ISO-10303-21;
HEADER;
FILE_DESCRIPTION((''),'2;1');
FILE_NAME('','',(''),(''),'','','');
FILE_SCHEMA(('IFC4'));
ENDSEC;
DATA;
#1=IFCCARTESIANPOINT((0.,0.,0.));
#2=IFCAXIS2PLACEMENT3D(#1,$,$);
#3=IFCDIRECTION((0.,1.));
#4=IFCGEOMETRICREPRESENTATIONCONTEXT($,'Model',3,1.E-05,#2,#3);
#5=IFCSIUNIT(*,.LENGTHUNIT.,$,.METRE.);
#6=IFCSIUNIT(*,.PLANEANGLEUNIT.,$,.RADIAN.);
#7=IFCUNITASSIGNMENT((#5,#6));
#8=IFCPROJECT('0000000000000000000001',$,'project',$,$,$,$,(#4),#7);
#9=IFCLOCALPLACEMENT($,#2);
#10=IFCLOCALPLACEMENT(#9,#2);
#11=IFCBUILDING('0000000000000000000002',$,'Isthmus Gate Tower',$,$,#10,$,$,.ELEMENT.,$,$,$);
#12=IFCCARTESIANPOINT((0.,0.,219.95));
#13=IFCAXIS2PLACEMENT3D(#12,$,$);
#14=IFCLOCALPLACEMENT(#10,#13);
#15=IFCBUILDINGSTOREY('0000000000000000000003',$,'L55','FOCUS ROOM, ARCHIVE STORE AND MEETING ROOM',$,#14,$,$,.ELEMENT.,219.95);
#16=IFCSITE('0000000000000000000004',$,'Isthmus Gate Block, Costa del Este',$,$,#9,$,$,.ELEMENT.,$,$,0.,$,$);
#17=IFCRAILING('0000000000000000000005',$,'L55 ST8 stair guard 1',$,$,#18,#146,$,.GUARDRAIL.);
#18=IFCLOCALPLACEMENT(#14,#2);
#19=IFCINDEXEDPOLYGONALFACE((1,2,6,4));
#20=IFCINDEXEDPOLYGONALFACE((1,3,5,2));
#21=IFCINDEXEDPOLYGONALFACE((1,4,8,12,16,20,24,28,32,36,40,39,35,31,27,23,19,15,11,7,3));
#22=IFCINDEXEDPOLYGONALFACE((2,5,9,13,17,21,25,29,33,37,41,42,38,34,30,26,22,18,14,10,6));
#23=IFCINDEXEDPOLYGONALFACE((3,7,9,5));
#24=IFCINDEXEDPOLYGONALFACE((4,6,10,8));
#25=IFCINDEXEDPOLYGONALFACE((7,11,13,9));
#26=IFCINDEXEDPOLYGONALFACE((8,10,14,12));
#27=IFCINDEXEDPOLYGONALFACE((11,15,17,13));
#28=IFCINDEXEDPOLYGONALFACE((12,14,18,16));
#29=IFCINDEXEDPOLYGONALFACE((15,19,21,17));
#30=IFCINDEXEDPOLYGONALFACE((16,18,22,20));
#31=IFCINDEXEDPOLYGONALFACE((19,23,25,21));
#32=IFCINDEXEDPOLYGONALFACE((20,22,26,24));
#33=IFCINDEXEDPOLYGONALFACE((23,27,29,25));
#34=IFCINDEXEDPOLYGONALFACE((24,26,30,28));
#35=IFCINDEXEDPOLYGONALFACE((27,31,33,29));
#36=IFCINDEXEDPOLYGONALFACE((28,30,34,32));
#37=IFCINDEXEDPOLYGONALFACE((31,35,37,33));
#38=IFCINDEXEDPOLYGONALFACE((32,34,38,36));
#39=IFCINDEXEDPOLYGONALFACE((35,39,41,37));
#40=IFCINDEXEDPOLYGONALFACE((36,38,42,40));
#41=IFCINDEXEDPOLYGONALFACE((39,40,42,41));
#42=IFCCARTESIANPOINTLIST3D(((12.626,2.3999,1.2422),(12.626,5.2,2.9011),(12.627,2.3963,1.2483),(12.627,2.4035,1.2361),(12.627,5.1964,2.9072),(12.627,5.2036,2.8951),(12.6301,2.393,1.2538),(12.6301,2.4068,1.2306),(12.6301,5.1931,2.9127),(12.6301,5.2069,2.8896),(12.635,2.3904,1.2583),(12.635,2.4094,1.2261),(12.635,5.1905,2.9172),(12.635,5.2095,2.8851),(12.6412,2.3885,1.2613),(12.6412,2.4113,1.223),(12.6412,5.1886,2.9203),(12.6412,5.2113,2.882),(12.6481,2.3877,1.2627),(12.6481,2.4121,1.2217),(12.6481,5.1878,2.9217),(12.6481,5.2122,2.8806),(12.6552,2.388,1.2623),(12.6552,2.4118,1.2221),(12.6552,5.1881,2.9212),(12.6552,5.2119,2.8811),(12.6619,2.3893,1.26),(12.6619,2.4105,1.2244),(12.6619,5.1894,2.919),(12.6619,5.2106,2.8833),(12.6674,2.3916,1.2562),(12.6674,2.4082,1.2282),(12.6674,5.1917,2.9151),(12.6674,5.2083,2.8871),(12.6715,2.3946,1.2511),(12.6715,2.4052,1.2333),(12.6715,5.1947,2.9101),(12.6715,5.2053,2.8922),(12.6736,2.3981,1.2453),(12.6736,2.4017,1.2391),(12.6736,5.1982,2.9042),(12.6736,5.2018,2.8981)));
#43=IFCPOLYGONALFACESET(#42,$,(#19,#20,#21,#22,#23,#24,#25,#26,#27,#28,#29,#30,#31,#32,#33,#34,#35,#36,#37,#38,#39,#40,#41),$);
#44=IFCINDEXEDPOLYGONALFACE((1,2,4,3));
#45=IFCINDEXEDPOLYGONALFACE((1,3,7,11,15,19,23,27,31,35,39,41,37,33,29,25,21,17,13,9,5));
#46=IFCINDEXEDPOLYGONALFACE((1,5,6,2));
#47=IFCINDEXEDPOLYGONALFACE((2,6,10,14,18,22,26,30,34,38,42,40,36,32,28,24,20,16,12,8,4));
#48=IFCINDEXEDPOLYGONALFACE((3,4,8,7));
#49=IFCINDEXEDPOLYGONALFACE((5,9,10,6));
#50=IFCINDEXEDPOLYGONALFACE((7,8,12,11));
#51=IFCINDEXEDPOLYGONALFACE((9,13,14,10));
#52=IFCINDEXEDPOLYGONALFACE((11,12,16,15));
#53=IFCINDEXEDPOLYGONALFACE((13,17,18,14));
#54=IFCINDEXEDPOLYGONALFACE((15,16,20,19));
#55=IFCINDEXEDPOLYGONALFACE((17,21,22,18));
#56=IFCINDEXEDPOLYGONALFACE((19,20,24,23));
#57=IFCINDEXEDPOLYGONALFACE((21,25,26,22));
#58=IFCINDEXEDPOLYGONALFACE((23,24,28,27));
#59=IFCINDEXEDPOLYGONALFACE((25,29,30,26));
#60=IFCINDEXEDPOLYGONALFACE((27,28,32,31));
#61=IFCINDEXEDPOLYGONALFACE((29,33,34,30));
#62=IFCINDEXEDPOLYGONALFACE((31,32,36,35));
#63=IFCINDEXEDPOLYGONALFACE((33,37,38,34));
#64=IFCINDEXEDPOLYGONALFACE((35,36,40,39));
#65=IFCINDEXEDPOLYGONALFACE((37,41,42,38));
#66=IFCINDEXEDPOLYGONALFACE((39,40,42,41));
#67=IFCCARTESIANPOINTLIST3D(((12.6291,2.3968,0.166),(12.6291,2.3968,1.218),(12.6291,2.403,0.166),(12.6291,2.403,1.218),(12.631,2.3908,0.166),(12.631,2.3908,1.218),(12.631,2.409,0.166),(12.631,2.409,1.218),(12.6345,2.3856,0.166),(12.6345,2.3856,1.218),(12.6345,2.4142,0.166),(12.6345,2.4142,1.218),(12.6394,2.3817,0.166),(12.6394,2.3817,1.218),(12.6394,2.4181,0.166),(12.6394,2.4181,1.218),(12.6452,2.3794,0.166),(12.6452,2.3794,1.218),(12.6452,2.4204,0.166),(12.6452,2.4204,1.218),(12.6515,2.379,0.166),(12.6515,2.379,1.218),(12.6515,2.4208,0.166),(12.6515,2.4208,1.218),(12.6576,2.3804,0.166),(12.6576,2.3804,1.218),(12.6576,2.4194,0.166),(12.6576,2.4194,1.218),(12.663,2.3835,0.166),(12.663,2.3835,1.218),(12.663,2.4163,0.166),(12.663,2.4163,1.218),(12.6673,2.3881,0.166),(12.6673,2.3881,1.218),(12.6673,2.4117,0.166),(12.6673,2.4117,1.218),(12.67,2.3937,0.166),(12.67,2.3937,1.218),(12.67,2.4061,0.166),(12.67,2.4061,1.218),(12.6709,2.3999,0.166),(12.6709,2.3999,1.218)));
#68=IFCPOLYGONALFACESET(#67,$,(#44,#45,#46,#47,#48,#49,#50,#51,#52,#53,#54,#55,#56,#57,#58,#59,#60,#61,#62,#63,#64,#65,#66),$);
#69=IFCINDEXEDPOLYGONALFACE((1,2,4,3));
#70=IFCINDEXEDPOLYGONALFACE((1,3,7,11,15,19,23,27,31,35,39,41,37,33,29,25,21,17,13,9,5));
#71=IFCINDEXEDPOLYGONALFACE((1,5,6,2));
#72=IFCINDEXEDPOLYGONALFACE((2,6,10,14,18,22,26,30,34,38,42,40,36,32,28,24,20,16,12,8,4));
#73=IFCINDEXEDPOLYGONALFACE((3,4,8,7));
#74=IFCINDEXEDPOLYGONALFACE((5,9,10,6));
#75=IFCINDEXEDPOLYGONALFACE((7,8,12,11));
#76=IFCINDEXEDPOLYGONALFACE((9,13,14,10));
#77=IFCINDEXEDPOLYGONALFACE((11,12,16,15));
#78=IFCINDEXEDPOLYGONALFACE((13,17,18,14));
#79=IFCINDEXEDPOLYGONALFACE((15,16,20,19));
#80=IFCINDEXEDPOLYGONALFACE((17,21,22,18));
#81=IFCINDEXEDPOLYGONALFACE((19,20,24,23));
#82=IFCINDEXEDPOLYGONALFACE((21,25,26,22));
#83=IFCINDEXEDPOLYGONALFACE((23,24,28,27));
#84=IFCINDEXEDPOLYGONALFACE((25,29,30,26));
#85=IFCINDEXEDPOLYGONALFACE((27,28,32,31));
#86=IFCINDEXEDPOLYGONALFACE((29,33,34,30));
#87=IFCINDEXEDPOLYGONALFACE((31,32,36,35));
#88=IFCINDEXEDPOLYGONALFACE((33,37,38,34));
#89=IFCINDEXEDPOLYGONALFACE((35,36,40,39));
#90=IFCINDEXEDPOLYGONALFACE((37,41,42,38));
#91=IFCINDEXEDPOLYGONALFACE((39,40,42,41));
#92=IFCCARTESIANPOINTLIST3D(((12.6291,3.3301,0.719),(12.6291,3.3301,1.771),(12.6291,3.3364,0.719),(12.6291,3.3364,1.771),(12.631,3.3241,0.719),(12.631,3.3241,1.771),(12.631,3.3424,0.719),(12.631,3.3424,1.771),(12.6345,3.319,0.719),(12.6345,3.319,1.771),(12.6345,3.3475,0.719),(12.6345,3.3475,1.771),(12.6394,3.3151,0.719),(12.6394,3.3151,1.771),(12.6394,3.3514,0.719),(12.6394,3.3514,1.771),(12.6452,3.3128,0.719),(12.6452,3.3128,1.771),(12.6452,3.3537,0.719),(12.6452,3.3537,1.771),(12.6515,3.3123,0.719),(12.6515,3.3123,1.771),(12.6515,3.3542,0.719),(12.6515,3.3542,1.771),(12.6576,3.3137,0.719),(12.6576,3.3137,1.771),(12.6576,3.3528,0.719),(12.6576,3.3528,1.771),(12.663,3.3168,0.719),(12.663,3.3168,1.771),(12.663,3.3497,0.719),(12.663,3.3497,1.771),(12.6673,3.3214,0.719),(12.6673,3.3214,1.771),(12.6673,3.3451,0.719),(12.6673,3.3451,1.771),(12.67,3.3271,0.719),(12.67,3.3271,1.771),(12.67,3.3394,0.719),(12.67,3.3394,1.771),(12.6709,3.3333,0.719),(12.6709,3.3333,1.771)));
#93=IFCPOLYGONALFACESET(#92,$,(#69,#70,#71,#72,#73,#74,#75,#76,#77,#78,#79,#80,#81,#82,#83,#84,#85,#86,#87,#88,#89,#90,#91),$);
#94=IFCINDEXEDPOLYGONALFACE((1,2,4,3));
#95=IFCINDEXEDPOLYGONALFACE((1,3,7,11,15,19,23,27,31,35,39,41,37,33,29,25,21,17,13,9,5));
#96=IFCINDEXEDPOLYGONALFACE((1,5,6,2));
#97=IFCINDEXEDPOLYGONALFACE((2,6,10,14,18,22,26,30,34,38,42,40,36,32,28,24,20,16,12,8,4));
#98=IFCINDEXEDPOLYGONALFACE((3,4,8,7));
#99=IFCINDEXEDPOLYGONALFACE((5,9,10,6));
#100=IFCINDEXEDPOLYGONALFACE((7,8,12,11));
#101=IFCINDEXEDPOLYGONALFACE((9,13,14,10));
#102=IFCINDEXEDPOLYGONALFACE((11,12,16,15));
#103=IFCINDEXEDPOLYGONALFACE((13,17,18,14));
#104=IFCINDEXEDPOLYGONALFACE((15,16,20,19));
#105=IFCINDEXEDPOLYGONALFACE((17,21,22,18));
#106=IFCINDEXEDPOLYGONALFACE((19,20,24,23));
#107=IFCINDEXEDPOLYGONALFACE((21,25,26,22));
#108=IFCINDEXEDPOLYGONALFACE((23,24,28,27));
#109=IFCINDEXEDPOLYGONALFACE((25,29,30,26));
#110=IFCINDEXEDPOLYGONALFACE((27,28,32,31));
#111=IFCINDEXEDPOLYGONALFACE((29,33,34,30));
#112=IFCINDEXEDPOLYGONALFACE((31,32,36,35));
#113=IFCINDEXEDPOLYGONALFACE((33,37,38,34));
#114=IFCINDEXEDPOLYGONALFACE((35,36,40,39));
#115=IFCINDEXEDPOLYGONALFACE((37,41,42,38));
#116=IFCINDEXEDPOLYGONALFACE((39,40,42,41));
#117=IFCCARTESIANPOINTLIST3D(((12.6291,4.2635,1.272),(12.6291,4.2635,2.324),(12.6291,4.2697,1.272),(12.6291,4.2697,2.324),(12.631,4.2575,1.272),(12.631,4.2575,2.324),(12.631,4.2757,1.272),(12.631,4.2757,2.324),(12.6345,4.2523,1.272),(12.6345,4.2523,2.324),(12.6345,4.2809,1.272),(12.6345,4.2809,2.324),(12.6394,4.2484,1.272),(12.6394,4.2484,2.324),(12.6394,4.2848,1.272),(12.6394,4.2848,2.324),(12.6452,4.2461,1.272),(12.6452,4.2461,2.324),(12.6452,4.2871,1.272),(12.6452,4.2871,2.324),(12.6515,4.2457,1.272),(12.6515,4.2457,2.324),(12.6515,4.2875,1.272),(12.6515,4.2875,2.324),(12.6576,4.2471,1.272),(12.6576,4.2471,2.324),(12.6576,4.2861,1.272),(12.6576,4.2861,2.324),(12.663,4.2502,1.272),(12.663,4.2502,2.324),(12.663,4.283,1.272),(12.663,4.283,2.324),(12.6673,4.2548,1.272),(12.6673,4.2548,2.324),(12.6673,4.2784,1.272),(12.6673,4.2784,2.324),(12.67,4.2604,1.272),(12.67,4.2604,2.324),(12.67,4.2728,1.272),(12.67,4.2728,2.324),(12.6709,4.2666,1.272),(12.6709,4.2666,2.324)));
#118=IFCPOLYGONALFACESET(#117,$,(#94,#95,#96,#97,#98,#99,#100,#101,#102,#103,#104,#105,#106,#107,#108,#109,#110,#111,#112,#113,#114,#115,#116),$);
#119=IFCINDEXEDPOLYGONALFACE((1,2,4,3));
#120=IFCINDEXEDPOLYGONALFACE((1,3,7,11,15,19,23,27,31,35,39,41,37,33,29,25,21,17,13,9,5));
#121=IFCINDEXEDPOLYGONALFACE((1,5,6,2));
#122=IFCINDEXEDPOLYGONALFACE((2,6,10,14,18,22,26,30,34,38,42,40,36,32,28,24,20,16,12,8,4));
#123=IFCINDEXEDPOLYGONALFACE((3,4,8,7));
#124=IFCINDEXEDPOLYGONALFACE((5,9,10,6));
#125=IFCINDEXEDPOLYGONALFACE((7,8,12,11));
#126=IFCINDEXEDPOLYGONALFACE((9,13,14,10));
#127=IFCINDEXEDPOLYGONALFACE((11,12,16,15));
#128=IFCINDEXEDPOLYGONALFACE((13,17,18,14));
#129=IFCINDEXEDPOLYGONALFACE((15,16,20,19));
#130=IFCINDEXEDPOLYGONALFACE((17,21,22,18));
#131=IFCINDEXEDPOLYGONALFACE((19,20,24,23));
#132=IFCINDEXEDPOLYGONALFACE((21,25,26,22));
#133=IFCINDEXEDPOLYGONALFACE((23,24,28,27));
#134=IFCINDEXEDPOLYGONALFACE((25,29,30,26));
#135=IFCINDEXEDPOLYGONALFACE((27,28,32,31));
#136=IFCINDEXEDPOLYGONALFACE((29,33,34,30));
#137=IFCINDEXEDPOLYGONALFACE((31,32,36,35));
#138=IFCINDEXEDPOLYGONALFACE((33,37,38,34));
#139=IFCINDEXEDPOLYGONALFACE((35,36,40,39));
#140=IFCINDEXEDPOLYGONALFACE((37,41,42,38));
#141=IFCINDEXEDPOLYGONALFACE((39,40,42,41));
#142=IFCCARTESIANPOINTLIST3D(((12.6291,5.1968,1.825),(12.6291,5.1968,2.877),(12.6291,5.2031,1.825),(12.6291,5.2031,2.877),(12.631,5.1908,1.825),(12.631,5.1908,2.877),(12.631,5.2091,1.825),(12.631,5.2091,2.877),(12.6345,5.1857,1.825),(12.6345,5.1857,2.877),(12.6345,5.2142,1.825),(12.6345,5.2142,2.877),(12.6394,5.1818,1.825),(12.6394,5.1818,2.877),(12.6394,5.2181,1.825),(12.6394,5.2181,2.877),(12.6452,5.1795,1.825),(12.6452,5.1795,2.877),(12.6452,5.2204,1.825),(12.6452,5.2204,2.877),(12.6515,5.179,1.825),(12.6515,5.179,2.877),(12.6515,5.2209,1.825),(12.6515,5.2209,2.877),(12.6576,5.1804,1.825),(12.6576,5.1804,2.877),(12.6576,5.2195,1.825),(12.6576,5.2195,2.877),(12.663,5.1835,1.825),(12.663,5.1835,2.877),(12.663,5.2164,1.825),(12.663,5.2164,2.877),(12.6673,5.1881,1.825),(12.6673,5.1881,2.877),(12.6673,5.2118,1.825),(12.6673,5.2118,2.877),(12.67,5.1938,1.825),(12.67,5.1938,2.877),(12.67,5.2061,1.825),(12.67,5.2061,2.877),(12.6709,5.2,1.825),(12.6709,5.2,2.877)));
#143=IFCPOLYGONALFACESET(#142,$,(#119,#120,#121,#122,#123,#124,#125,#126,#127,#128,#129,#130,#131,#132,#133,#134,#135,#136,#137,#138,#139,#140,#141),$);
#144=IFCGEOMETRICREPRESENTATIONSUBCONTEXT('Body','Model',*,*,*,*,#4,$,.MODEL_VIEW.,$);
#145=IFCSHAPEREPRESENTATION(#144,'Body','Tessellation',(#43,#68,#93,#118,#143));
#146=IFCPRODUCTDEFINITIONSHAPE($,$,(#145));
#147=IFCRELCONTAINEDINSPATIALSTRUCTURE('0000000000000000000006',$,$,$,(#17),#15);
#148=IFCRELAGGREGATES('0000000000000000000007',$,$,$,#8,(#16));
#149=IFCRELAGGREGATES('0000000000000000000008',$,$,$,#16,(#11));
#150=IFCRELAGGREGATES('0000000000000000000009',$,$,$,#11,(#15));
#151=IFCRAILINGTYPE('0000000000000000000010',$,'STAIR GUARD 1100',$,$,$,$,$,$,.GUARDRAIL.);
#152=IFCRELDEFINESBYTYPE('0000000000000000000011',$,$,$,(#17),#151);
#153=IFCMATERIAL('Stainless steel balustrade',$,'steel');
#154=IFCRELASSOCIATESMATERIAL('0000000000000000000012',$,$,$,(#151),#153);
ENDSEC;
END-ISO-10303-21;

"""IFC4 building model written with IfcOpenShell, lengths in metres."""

from ifc_helpers import new_model, si_unit, direction, frame, origin, origin_2d, place, context, subcontext, project, spatial, circle, extrude, material, type_object, element, save


model = new_model("IFC4")

# Units and contexts
model_context = context("Model", 3, precision=1e-05, world=origin(), true_north=direction((0.0, 1.0)))
body_context = subcontext(model_context, "Body", "Model", "MODEL_VIEW")
ifc_project = project(units=[si_unit("LENGTHUNIT", "METRE"), si_unit("PLANEANGLEUNIT", "RADIAN")], contexts=[model_context])

# Site, building, storey
site_placement = place(None, origin())
site = spatial("IfcSite", under=ifc_project, at=site_placement, Name="Isthmus Gate Block, Costa del Este", CompositionType="ELEMENT", RefElevation=0.0)
building_placement = place(site_placement, origin())
building = spatial("IfcBuilding", under=site, at=building_placement, Name="Isthmus Gate Tower", CompositionType="ELEMENT")
storey_placement = place(building_placement, frame((0.0, 0.0, 219.95)))
storey = spatial("IfcBuildingStorey", under=building, at=storey_placement, Name="L55", Description="FOCUS ROOM, ARCHIVE STORE AND MEETING ROOM", CompositionType="ELEMENT", Elevation=219.95)

# Railing
ifc_material_1 = material(Name="Stainless steel balustrade", Category="steel")
railing_type_1 = type_object("IfcRailingType", Name="STAIR GUARD 1100", PredefinedType="GUARDRAIL", material=ifc_material_1)
railing_1_placement = place(storey_placement, frame((12.6499, 2.3999, 0.166)))
element("IfcRailing", 1, at=railing_1_placement, inside=storey, type_object=railing_type_1, Name="L55 ST8 stair guard 1", PredefinedType="GUARDRAIL", context=body_context, shape_type="SweptSolid", body=[
    extrude(circle(Radius=0.0239, at=origin_2d()), frame((0.0, 0.0, 1.0762), z_axis=(0.0, 0.860339, 0.509722), x_axis=(-1.0, 0.0, 0.0)), (0.0, 0.0, 1.0), 3.2546),
    extrude(circle(Radius=0.021, at=origin_2d()), origin(), (0.0, 0.0, 1.0), 1.052),
    extrude(circle(Radius=0.021, at=origin_2d()), frame((0.0, 0.9333, 0.553)), (0.0, 0.0, 1.0), 1.052),
    extrude(circle(Radius=0.021, at=origin_2d()), frame((0.0, 1.8667, 1.106)), (0.0, 0.0, 1.0), 1.052),
    extrude(circle(Radius=0.021, at=origin_2d()), frame((0.0, 2.8, 1.6589)), (0.0, 0.0, 1.0), 1.052),
])

save(model, "model.ifc")
